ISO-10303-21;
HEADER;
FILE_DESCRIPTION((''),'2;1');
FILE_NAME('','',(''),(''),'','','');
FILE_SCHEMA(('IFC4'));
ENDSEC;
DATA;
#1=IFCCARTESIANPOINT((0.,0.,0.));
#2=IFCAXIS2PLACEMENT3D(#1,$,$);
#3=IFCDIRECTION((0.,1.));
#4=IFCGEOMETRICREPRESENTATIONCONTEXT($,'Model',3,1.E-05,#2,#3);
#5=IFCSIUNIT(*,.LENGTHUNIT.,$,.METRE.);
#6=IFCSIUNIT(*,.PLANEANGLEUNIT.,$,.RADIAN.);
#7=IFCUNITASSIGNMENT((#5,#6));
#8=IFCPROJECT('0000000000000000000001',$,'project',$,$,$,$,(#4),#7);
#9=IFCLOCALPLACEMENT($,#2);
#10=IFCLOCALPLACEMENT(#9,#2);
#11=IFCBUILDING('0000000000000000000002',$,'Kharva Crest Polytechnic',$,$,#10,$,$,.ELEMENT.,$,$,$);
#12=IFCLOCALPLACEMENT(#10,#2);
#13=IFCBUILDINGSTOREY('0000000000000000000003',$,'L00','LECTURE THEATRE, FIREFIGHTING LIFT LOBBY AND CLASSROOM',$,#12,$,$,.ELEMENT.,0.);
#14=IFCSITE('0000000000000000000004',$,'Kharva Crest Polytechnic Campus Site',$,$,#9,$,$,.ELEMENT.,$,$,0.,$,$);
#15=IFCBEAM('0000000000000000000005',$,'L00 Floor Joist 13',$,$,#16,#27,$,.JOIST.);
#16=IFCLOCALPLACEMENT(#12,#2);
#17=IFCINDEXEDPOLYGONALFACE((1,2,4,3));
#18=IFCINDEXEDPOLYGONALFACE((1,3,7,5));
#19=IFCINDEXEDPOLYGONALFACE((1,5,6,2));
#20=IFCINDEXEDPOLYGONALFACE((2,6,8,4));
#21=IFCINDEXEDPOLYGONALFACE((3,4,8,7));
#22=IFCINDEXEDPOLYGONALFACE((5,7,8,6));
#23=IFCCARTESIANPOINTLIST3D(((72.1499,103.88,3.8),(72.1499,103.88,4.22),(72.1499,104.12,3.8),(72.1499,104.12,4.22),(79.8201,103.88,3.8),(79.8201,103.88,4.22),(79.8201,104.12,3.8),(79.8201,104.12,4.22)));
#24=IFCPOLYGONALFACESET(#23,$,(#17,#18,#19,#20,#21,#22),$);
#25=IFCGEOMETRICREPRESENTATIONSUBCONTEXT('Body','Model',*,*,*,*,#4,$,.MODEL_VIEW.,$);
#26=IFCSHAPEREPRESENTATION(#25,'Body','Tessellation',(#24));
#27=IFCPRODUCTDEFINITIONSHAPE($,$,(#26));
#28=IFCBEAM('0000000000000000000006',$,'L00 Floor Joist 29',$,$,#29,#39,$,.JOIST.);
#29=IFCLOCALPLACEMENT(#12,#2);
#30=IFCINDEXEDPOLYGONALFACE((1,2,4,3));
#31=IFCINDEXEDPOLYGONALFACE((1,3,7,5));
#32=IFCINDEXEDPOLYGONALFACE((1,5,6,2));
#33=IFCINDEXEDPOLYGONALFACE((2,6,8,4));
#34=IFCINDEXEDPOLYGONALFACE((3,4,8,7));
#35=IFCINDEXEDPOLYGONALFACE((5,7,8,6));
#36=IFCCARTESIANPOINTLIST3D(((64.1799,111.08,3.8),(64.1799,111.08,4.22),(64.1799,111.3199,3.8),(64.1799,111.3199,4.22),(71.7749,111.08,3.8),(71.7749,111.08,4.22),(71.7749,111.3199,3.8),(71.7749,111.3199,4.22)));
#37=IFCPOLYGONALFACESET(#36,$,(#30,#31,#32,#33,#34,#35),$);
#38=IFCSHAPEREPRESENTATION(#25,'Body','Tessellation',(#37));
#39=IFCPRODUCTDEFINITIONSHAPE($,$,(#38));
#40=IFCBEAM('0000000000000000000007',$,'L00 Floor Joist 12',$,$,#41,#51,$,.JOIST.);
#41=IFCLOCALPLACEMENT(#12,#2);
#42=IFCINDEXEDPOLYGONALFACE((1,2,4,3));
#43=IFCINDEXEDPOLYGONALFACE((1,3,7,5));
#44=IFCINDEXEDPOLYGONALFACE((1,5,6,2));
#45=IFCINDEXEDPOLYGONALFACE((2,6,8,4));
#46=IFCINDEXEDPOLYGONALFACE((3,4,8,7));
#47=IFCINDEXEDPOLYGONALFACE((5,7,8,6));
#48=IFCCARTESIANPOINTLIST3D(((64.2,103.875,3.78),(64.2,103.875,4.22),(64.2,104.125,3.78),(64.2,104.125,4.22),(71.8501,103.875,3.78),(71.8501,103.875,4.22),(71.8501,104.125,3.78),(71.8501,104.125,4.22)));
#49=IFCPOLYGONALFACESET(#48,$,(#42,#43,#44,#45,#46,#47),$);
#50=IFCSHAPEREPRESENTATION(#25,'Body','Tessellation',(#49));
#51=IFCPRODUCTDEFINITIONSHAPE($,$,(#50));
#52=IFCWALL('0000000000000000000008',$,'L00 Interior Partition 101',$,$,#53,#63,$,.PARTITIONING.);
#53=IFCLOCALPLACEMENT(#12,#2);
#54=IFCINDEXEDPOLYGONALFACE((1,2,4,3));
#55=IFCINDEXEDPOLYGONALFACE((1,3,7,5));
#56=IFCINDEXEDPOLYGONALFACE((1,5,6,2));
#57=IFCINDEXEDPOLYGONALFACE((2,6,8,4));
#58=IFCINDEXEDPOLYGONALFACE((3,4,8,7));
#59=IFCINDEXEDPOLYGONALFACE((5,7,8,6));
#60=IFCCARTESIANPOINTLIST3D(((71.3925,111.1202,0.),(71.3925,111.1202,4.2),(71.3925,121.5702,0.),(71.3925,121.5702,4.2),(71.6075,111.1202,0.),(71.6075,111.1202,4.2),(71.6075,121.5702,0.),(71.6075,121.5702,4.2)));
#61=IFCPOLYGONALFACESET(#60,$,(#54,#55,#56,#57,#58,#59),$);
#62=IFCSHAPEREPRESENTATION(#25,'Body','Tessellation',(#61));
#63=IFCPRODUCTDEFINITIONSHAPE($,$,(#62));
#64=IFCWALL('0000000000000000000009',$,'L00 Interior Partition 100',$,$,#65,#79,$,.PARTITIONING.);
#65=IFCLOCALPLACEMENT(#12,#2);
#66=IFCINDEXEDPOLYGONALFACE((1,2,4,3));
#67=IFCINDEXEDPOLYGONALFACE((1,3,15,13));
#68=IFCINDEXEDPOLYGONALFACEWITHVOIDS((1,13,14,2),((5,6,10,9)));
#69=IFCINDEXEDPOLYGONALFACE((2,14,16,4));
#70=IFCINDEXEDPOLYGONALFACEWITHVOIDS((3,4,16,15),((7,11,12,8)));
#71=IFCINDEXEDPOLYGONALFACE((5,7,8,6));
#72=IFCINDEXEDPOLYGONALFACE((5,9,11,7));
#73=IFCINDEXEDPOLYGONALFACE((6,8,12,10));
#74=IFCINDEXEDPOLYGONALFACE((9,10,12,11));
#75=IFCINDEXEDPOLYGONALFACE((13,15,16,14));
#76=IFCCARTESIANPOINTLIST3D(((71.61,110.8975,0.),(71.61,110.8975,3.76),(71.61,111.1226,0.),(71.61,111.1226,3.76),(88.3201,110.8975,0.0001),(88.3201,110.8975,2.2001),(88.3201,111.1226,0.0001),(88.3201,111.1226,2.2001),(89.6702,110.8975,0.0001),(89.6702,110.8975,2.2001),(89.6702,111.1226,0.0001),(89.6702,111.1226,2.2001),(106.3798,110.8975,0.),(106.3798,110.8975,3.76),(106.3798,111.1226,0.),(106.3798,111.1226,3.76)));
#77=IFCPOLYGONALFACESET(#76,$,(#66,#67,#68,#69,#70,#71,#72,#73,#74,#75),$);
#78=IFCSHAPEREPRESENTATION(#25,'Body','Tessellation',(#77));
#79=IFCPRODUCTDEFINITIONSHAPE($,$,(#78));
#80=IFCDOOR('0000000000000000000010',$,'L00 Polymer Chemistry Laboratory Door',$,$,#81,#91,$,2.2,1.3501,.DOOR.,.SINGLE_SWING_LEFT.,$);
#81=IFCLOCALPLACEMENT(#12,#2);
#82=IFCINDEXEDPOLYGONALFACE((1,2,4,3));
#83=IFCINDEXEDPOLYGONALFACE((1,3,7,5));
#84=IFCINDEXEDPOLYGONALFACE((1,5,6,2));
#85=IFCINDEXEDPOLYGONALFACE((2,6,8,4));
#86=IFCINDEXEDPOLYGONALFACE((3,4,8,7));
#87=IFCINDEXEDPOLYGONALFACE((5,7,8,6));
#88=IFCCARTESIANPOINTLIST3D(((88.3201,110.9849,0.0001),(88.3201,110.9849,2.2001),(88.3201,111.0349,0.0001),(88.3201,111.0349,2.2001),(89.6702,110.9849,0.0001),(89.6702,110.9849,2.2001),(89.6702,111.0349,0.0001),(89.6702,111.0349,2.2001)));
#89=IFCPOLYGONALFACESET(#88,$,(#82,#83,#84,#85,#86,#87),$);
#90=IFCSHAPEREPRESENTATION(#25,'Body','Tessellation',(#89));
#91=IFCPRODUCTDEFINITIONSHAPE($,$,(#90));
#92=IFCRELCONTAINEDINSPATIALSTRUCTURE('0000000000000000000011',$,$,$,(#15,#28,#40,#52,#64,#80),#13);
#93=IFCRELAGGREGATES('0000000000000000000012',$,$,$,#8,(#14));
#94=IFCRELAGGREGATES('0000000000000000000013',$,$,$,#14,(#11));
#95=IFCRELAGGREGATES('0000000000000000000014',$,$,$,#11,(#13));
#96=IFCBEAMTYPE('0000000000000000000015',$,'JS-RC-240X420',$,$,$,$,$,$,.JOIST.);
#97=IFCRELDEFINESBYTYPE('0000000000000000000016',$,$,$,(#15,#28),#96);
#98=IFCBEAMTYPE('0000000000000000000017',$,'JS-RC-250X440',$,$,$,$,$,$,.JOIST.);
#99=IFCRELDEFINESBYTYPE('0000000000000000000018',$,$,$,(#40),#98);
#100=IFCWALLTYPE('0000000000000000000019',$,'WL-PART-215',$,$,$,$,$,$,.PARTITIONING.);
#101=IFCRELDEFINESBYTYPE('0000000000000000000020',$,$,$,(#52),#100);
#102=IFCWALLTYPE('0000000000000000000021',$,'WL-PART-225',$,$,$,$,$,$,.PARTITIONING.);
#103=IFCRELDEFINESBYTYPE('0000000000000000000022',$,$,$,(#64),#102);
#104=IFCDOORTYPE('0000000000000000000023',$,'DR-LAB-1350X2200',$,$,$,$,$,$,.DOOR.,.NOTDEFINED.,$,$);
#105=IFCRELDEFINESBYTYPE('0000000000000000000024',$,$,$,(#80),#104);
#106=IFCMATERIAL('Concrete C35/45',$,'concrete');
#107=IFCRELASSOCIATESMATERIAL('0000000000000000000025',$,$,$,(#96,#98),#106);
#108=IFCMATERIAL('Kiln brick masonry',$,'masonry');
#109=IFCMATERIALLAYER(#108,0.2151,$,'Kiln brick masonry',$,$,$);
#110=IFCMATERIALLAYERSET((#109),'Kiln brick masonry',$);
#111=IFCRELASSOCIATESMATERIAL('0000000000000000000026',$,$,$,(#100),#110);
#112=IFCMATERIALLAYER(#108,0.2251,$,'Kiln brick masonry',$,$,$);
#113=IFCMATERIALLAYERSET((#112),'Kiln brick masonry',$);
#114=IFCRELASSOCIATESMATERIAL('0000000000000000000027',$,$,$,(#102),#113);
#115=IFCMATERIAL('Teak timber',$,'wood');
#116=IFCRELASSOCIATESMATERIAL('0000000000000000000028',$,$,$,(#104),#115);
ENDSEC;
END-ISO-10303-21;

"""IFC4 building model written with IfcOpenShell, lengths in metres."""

from ifc_helpers import new_model, si_unit, direction, frame, frame_2d, origin, origin_2d, place, context, subcontext, project, spatial, rectangle, extrude, material, layer, layer_set, material_profile, profile_set, type_object, element, fill, save


model = new_model("IFC4")

# Units and contexts
model_context = context("Model", 3, precision=1e-05, world=origin(), true_north=direction((0.0, 1.0)))
body_context = subcontext(model_context, "Body", "Model", "MODEL_VIEW")
ifc_project = project(units=[si_unit("LENGTHUNIT", "METRE"), si_unit("PLANEANGLEUNIT", "RADIAN")], contexts=[model_context])

# Site, building, storey
site_placement = place(None, origin())
site = spatial("IfcSite", under=ifc_project, at=site_placement, Name="Kharva Crest Polytechnic Campus Site", CompositionType="ELEMENT", RefElevation=0.0)
building_placement = place(site_placement, origin())
building = spatial("IfcBuilding", under=site, at=building_placement, Name="Kharva Crest Polytechnic", CompositionType="ELEMENT")
storey_placement = place(building_placement, origin())
storey = spatial("IfcBuildingStorey", under=building, at=storey_placement, Name="L00", Description="LECTURE THEATRE, FIREFIGHTING LIFT LOBBY AND CLASSROOM", CompositionType="ELEMENT", Elevation=0.0)

# Shared definitions
ifc_material_1 = material(Name="Concrete C35/45", Category="concrete")

# Beams
ifc_material_profile_1 = material_profile(ifc_material_1, rectangle(XDim=0.24, YDim=0.4199, at=origin_2d()), Name="RECT 240 X 420")
ifc_profile_set_1 = profile_set([ifc_material_profile_1], Name="Concrete C35/45")
beam_type_1 = type_object("IfcBeamType", Name="JS-RC-240X420", PredefinedType="JOIST", material=ifc_profile_set_1)
beam_1_placement = place(storey_placement, frame((72.1499, 104.0, 4.01), z_axis=(1.0, 0.0, 0.0), x_axis=(0.0, 1.0, 0.0)))
element("IfcBeam", 1, at=beam_1_placement, inside=storey, type_object=beam_type_1, Name="L00 Floor Joist 13", PredefinedType="JOIST", context=body_context, shape_type="SweptSolid", body=[
    extrude(rectangle(XDim=0.24, YDim=0.4199, at=origin_2d()), origin(), (0.0, 0.0, 1.0), 7.6702),
])
beam_2_placement = place(storey_placement, frame((64.1799, 111.2, 4.01), z_axis=(1.0, 0.0, 0.0), x_axis=(0.0, 1.0, 0.0)))
element("IfcBeam", 2, at=beam_2_placement, inside=storey, type_object=beam_type_1, Name="L00 Floor Joist 29", PredefinedType="JOIST", context=body_context, shape_type="SweptSolid", body=[
    extrude(rectangle(XDim=0.24, YDim=0.4199, at=origin_2d()), origin(), (0.0, 0.0, 1.0), 7.595),
])
ifc_material_profile_2 = material_profile(ifc_material_1, rectangle(XDim=0.25, YDim=0.4399, at=origin_2d()), Name="RECT 250 X 440")
ifc_profile_set_2 = profile_set([ifc_material_profile_2], Name="Concrete C35/45")
beam_type_2 = type_object("IfcBeamType", Name="JS-RC-250X440", PredefinedType="JOIST", material=ifc_profile_set_2)
beam_3_placement = place(storey_placement, frame((64.2, 104.0, 4.0), z_axis=(1.0, 0.0, 0.0), x_axis=(0.0, 1.0, 0.0)))
element("IfcBeam", 3, at=beam_3_placement, inside=storey, type_object=beam_type_2, Name="L00 Floor Joist 12", PredefinedType="JOIST", context=body_context, shape_type="SweptSolid", body=[
    extrude(rectangle(XDim=0.25, YDim=0.4399, at=origin_2d()), origin(), (0.0, 0.0, 1.0), 7.6501),
])

# Wall
ifc_material_2 = material(Name="Kiln brick masonry", Category="masonry")
ifc_layer_1 = layer(ifc_material_2, 0.2151, Name="Kiln brick masonry")
ifc_layer_set_1 = layer_set([ifc_layer_1], Name="Kiln brick masonry")
wall_type_1 = type_object("IfcWallType", Name="WL-PART-215", PredefinedType="PARTITIONING", material=ifc_layer_set_1)
wall_1_placement = place(storey_placement, frame((71.5, 111.1201, 0.0), z_axis=(0.0, 0.0, 1.0), x_axis=(0.0, 1.0, 0.0)))
element("IfcWall", 4, at=wall_1_placement, inside=storey, type_object=wall_type_1, Name="L00 Interior Partition 101", PredefinedType="PARTITIONING", context=body_context, shape_type="SweptSolid", body=[
    extrude(rectangle(XDim=10.45, YDim=0.2151, at=frame_2d((5.2251, 0.0))), origin(), (0.0, 0.0, 1.0), 4.2),
])

# Wall, opening, door
ifc_layer_2 = layer(ifc_material_2, 0.2251, Name="Kiln brick masonry")
ifc_layer_set_2 = layer_set([ifc_layer_2], Name="Kiln brick masonry")
wall_type_2 = type_object("IfcWallType", Name="WL-PART-225", PredefinedType="PARTITIONING", material=ifc_layer_set_2)
wall_2_placement = place(storey_placement, frame((71.6101, 111.01, 0.0), z_axis=(0.0, 0.0, 1.0), x_axis=(1.0, 0.0, 0.0)))
wall_2 = element("IfcWall", 5, at=wall_2_placement, inside=storey, type_object=wall_type_2, Name="L00 Interior Partition 100", PredefinedType="PARTITIONING", context=body_context, shape_type="SweptSolid", body=[
    extrude(rectangle(XDim=34.7698, YDim=0.2251, at=frame_2d((17.3848, 0.0))), origin(), (0.0, 0.0, 1.0), 3.76),
])
opening_placement = place(wall_2_placement, frame((16.71, 0.0, 0.0)))
opening = element("IfcOpeningElement", 6, at=opening_placement, cuts=wall_2, PredefinedType="OPENING", context=body_context, shape_type="SweptSolid", body=[
    extrude(rectangle(XDim=1.3501, YDim=2.2, at=frame_2d((0.675, 1.1001))), frame((0.0, 0.1226, 0.0), z_axis=(0.0, -1.0, 0.0), x_axis=(1.0, 0.0, 0.0)), (0.0, 0.0, 1.0), 0.2451),
])
ifc_material_3 = material(Name="Teak timber", Category="wood")
door_type = type_object("IfcDoorType", Name="DR-LAB-1350X2200", OperationType="NOTDEFINED", PredefinedType="DOOR", material=ifc_material_3)
door_placement = place(opening_placement, origin())
door = element("IfcDoor", 7, at=door_placement, inside=storey, type_object=door_type, Name="L00 Polymer Chemistry Laboratory Door", OperationType="SINGLE_SWING_LEFT", OverallHeight=2.2, OverallWidth=1.3501, PredefinedType="DOOR", context=body_context, shape_type="SweptSolid", body=[
    extrude(rectangle(XDim=1.3501, YDim=2.2, at=frame_2d((0.675, 1.1001))), frame((0.0, 0.0249, 0.0), z_axis=(0.0, -1.0, 0.0), x_axis=(1.0, 0.0, 0.0)), (0.0, 0.0, 1.0), 0.05),
])
fill(opening, door)

save(model, "model.ifc")
